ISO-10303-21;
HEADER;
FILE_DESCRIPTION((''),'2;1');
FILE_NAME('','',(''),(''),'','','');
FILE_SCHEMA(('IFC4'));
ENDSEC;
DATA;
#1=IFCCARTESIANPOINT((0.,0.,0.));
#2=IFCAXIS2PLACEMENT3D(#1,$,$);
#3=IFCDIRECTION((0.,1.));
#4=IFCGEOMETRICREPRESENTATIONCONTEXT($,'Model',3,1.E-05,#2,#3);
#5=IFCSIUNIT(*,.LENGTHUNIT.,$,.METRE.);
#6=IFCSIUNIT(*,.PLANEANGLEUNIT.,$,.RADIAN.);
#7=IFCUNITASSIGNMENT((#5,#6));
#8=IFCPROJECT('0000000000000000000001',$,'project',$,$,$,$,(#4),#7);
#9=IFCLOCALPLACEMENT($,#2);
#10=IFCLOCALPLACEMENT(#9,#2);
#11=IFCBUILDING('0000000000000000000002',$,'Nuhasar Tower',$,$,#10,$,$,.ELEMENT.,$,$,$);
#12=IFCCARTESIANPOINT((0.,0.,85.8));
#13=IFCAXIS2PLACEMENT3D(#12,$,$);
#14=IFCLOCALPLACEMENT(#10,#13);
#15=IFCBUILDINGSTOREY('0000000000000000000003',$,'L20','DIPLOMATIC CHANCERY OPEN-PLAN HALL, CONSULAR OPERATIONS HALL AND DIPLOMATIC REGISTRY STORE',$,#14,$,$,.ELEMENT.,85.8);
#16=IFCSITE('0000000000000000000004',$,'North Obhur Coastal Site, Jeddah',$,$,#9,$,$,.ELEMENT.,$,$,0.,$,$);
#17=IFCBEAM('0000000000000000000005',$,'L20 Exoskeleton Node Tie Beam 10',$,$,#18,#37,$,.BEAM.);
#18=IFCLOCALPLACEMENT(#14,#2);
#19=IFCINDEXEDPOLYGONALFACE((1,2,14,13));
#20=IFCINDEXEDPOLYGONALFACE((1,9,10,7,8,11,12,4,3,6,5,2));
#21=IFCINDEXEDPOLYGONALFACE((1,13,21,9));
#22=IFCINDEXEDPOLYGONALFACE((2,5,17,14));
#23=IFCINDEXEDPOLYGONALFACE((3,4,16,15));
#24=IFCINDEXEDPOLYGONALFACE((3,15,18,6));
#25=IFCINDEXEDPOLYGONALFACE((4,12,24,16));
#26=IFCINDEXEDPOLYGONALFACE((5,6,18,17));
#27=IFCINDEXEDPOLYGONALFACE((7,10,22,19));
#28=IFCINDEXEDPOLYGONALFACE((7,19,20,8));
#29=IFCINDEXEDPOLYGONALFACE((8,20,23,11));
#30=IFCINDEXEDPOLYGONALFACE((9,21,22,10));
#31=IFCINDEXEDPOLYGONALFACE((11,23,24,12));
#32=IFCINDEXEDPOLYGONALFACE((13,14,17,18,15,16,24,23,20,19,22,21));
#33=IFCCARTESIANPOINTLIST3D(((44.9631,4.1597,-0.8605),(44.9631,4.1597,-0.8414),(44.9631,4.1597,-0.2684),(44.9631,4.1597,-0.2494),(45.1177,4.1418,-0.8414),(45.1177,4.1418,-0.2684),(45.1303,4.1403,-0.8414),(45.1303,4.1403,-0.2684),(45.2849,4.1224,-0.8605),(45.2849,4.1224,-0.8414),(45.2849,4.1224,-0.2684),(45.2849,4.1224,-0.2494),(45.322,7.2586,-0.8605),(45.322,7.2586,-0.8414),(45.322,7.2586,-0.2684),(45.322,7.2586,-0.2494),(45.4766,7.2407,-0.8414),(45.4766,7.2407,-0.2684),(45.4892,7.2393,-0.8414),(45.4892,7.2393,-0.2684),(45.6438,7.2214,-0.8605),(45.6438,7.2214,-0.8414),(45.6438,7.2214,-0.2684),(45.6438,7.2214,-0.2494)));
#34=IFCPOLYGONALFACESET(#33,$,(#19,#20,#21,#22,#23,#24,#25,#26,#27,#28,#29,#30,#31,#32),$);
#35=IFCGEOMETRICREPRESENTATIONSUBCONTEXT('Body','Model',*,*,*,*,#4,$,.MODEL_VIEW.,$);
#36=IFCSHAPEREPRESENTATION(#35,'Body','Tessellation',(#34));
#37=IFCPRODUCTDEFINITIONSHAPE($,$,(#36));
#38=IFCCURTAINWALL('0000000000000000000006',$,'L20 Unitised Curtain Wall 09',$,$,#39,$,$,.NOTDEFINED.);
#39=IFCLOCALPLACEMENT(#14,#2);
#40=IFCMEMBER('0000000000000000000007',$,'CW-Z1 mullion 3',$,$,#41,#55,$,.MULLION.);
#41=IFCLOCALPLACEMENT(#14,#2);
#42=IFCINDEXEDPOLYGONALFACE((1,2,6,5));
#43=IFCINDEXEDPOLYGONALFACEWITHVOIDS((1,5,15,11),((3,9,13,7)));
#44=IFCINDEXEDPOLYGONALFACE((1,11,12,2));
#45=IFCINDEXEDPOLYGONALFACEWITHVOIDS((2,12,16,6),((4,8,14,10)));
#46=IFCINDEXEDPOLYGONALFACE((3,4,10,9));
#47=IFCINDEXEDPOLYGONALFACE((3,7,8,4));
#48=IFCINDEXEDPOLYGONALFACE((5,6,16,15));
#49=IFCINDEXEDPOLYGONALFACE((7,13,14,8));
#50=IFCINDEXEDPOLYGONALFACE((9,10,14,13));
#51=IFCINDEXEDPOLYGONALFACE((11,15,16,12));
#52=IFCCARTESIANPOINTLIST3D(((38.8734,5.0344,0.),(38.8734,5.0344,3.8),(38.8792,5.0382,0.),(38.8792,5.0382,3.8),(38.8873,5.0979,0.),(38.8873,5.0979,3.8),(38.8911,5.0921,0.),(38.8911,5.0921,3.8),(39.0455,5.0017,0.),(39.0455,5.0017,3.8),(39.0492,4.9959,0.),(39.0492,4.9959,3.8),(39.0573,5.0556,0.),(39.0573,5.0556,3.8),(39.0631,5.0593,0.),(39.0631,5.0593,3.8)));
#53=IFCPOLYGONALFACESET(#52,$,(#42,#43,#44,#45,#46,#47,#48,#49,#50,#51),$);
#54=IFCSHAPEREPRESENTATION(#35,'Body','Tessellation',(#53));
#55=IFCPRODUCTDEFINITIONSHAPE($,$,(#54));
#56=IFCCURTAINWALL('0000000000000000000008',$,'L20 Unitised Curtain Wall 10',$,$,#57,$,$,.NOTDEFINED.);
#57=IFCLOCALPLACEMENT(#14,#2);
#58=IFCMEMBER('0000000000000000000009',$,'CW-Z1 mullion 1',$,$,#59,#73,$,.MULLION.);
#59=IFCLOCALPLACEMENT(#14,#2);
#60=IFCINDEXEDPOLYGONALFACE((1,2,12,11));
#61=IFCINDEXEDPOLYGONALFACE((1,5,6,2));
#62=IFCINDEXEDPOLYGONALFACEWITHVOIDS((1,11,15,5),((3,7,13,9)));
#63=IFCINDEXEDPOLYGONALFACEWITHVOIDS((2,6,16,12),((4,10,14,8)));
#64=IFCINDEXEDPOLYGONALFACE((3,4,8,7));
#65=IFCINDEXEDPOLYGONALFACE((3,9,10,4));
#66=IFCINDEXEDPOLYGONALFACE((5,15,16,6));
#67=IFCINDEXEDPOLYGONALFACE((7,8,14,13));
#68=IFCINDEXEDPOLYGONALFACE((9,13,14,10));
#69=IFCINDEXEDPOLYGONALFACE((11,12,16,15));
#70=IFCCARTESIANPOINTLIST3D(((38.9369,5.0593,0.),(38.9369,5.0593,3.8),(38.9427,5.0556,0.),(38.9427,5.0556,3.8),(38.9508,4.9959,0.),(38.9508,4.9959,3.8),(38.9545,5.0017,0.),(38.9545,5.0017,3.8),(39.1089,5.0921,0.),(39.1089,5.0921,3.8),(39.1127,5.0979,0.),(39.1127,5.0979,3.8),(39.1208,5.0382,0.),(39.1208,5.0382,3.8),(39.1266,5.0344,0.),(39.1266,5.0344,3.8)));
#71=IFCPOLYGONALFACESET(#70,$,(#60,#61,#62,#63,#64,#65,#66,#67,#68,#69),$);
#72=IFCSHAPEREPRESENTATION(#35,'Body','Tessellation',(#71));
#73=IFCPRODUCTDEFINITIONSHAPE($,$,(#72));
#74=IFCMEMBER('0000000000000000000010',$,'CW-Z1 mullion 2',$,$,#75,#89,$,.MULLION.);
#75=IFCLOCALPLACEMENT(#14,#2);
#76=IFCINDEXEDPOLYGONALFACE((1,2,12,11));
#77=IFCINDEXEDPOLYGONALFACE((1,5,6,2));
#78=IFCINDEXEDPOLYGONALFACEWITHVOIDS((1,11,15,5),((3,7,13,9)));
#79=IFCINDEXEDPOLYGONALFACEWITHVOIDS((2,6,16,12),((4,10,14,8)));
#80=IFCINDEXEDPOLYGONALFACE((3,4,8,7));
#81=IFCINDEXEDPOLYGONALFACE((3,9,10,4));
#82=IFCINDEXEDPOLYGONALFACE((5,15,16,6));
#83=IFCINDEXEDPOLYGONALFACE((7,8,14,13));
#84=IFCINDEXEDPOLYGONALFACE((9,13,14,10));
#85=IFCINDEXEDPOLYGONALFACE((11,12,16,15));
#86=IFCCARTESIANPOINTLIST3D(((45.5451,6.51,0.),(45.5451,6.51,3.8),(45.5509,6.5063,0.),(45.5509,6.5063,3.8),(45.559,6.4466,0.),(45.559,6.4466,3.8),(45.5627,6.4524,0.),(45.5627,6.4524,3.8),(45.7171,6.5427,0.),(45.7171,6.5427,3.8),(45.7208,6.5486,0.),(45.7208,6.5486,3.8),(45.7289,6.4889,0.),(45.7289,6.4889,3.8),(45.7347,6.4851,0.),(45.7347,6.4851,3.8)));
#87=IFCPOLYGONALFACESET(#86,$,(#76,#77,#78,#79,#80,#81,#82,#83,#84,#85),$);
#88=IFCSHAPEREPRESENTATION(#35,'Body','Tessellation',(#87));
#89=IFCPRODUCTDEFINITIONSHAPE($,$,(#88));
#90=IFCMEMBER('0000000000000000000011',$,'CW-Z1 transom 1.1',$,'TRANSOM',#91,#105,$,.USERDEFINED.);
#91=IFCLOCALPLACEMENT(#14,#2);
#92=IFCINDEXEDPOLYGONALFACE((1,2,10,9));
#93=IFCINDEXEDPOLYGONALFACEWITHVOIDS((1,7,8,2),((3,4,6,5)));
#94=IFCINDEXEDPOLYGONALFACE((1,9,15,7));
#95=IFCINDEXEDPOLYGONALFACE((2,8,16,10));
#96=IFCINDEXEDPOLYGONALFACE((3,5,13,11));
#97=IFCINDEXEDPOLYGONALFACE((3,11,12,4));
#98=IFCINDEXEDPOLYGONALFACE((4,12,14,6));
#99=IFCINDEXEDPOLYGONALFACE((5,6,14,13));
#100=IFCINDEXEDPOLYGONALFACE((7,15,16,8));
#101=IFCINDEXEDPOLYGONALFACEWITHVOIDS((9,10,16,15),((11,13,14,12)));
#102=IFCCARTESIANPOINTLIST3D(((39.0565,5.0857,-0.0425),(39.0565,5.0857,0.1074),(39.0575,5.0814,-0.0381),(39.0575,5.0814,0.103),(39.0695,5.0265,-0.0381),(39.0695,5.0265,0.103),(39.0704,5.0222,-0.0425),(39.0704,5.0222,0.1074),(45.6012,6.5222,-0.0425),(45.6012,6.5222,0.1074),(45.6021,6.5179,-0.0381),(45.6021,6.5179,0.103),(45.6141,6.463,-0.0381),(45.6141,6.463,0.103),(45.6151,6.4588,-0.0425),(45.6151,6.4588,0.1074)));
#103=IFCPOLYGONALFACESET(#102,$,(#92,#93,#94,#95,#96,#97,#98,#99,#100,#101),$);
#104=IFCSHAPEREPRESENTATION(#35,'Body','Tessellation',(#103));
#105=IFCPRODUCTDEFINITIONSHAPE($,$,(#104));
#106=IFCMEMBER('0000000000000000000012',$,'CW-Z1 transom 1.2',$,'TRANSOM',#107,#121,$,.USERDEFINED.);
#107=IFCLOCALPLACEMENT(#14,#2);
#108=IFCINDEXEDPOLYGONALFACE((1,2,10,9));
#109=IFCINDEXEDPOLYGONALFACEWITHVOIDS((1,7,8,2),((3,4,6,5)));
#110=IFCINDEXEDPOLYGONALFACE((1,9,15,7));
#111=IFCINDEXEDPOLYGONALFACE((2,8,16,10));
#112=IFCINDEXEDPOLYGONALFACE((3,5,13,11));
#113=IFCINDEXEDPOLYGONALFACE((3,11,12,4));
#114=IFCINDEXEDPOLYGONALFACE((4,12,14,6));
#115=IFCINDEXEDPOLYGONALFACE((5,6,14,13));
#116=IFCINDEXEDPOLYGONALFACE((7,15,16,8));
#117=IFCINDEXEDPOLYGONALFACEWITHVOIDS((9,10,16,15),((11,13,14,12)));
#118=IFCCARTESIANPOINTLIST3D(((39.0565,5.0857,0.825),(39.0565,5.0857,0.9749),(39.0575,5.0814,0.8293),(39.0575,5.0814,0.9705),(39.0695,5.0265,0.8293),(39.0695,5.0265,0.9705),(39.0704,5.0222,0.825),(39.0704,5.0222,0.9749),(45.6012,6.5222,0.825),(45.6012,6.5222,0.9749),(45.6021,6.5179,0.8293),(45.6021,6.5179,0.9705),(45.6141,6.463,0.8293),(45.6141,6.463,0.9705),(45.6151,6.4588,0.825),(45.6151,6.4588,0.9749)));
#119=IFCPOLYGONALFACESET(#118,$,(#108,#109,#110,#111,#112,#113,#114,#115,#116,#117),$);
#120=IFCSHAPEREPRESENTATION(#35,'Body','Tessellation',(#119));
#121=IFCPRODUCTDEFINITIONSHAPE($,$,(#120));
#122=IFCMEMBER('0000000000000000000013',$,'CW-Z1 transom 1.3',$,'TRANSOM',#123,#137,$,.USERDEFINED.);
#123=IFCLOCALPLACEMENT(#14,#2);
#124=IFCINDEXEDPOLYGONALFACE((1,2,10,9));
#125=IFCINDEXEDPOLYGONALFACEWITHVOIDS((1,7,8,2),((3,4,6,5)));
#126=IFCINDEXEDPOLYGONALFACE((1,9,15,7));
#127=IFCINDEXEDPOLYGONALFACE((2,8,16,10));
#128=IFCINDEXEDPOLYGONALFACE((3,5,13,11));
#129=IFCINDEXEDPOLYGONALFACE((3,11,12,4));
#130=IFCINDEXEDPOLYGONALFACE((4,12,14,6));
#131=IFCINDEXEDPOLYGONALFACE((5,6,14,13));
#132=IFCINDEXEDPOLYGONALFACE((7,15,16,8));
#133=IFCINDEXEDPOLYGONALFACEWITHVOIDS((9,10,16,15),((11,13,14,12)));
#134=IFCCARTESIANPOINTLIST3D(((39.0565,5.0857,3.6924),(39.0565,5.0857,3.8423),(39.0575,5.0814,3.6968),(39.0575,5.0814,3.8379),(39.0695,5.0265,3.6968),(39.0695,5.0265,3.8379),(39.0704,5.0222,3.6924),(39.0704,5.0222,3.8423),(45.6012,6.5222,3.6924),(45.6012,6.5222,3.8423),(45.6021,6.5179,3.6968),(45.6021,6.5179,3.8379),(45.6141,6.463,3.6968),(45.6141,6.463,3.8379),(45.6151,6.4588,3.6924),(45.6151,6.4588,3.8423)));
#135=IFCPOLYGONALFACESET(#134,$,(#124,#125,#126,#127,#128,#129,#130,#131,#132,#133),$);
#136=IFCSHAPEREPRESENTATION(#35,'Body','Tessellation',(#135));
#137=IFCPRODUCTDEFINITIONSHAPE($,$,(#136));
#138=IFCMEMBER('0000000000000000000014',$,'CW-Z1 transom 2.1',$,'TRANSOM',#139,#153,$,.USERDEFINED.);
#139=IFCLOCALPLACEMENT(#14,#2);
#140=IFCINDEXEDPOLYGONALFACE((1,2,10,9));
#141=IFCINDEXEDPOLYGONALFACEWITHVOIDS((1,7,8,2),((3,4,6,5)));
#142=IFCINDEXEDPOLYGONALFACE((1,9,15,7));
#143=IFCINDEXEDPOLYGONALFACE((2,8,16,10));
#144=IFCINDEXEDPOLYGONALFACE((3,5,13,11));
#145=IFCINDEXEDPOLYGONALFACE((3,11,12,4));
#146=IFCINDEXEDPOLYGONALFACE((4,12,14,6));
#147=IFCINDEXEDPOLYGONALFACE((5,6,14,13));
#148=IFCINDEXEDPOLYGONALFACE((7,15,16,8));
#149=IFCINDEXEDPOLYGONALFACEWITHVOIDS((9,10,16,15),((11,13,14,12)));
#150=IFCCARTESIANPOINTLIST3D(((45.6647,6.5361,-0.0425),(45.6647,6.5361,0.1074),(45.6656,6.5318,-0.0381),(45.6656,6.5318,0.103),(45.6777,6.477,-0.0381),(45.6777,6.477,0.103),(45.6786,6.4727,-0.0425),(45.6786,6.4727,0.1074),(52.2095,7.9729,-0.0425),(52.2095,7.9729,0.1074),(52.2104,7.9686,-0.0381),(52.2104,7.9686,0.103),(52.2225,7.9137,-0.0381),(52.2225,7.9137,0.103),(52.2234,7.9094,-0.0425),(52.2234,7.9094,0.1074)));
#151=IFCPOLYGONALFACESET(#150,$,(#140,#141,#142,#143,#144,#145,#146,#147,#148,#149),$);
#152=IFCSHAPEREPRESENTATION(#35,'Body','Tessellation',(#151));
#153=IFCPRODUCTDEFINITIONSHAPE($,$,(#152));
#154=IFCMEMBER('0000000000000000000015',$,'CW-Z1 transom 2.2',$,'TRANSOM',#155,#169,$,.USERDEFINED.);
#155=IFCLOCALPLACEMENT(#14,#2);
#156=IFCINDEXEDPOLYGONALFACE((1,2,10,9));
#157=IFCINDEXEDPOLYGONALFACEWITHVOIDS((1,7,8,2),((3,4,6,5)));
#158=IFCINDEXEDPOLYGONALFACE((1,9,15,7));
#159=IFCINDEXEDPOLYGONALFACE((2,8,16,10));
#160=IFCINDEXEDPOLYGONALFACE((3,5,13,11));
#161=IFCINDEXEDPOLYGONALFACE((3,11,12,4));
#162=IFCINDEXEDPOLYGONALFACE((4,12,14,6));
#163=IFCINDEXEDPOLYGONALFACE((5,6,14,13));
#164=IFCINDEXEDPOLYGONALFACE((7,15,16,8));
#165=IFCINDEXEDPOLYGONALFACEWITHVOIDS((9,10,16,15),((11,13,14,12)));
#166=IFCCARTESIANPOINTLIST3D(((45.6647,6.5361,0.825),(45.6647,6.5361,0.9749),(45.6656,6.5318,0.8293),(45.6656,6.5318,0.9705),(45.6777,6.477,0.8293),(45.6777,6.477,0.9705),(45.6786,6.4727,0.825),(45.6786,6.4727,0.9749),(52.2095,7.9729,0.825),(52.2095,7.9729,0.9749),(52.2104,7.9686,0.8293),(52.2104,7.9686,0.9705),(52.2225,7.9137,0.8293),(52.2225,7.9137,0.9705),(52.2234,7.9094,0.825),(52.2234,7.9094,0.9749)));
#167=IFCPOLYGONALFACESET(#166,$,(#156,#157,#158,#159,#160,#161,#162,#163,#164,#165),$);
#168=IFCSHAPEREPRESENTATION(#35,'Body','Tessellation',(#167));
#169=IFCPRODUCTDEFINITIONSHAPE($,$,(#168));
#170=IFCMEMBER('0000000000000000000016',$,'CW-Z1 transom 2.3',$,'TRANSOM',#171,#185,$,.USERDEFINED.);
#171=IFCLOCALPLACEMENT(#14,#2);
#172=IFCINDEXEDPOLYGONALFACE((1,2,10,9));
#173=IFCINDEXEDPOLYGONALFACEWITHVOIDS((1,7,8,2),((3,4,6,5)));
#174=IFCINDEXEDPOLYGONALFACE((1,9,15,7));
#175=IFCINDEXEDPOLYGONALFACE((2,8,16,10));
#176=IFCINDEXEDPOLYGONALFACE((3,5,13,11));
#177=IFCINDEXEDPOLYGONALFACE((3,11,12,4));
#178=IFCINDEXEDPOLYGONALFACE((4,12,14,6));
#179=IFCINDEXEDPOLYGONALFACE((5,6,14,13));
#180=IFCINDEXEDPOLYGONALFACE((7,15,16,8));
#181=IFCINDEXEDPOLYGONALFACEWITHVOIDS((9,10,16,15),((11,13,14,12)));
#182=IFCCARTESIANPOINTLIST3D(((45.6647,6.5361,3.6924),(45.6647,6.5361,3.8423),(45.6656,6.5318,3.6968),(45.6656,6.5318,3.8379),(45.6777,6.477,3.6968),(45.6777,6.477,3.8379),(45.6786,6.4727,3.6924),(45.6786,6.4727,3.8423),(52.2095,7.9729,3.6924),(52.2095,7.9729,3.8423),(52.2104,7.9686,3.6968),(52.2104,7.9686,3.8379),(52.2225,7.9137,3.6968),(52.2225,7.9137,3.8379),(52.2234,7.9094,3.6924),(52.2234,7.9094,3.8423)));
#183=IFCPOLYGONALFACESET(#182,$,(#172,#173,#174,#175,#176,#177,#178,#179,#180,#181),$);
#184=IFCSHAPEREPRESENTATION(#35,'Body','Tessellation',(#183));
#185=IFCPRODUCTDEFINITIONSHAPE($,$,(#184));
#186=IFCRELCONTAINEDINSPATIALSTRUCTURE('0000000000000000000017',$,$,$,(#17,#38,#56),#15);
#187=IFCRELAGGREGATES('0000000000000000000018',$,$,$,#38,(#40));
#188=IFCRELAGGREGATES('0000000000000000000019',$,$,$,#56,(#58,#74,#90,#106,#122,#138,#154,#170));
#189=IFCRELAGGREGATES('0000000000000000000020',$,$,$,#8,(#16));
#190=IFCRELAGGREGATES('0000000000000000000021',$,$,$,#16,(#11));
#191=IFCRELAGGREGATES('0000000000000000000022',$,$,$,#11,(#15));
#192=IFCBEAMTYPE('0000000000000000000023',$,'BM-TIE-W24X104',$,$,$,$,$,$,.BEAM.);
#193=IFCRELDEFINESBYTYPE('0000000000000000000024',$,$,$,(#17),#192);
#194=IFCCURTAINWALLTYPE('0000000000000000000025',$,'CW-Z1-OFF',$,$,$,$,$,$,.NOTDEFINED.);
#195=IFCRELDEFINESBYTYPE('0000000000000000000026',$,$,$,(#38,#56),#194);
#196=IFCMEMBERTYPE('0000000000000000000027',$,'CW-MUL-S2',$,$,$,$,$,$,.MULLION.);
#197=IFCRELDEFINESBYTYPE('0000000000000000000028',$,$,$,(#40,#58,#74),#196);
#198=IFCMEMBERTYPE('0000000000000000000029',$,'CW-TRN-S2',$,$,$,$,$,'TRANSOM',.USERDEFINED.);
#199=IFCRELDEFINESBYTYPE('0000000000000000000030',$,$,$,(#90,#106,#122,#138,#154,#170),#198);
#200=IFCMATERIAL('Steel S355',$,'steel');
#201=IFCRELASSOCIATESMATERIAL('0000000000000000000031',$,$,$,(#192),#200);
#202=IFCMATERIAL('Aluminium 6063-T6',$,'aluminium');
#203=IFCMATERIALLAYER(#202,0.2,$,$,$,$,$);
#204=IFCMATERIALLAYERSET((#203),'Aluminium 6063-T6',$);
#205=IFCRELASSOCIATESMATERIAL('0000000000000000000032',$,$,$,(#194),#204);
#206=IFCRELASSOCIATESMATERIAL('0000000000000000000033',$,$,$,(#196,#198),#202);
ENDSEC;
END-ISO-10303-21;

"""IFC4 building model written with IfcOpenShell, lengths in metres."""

from ifc_helpers import new_model, si_unit, direction, frame, origin, origin_2d, place, context, subcontext, project, spatial, hollow_rectangle, i_section, extrude, material, layer, layer_set, material_profile, profile_set, type_object, element, aggregate, save


model = new_model("IFC4")

# Units and contexts
model_context = context("Model", 3, precision=1e-05, world=origin(), true_north=direction((0.0, 1.0)))
body_context = subcontext(model_context, "Body", "Model", "MODEL_VIEW")
ifc_project = project(units=[si_unit("LENGTHUNIT", "METRE"), si_unit("PLANEANGLEUNIT", "RADIAN")], contexts=[model_context])

# Site, building, storey
site_placement = place(None, origin())
site = spatial("IfcSite", under=ifc_project, at=site_placement, Name="North Obhur Coastal Site, Jeddah", CompositionType="ELEMENT", RefElevation=0.0)
building_placement = place(site_placement, origin())
building = spatial("IfcBuilding", under=site, at=building_placement, Name="Nuhasar Tower", CompositionType="ELEMENT")
storey_placement = place(building_placement, frame((0.0, 0.0, 85.8)))
storey = spatial("IfcBuildingStorey", under=building, at=storey_placement, Name="L20", Description="DIPLOMATIC CHANCERY OPEN-PLAN HALL, CONSULAR OPERATIONS HALL AND DIPLOMATIC REGISTRY STORE", CompositionType="ELEMENT", Elevation=85.8)

# Beam
ifc_material_1 = material(Name="Steel S355", Category="steel")
ifc_material_profile_1 = material_profile(ifc_material_1, i_section(OverallWidth=0.324, OverallDepth=0.6111, WebThickness=0.0127, FlangeThickness=0.019, at=origin_2d()), Name="W24X104")
ifc_profile_set_1 = profile_set([ifc_material_profile_1], Name="Steel S355")
beam_type_1 = type_object("IfcBeamType", Name="BM-TIE-W24X104", PredefinedType="BEAM", material=ifc_profile_set_1)
beam_1_placement = place(storey_placement, frame((45.4829, 7.24, -0.5549), z_axis=(-0.115043, -0.993361, 0.0), x_axis=(0.993361, -0.115043, 0.0)))
element("IfcBeam", 1, at=beam_1_placement, inside=storey, type_object=beam_type_1, Name="L20 Exoskeleton Node Tie Beam 10", PredefinedType="BEAM", context=body_context, shape_type="SweptSolid", body=[
    extrude(i_section(OverallWidth=0.324, OverallDepth=0.6111, WebThickness=0.0127, FlangeThickness=0.019, at=origin_2d()), origin(), (0.0, 0.0, 1.0), 3.1196),
])

# Curtain wall, member
ifc_material_2 = material(Name="Aluminium 6063-T6", Category="aluminium")
ifc_layer_1 = layer(ifc_material_2, 0.2)
ifc_layer_set_1 = layer_set([ifc_layer_1], Name="Aluminium 6063-T6")
curtain_wall_type = type_object("IfcCurtainWallType", Name="CW-Z1-OFF", PredefinedType="NOTDEFINED", material=ifc_layer_set_1)
curtain_wall_1_placement = place(storey_placement, origin())
curtain_wall_1 = element("IfcCurtainWall", 2, at=curtain_wall_1_placement, inside=storey, type_object=curtain_wall_type, Name="L20 Unitised Curtain Wall 09", PredefinedType="NOTDEFINED")
ifc_material_profile_2 = material_profile(ifc_material_2, hollow_rectangle(XDim=0.0649, YDim=0.1799, WallThickness=0.0049, at=origin_2d()), Name="CWM-2")
ifc_profile_set_2 = profile_set([ifc_material_profile_2], Name="Aluminium 6063-T6")
member_type_1 = type_object("IfcMemberType", Name="CW-MUL-S2", PredefinedType="MULLION", material=ifc_profile_set_2)
member_1_placement = place(storey_placement, frame((38.9683, 5.0469, 0.0), z_axis=(0.0, 0.0, 1.0), x_axis=(0.214399, 0.976746, 0.0)))
member_1 = element("IfcMember", 3, at=member_1_placement, type_object=member_type_1, Name="CW-Z1 mullion 3", PredefinedType="MULLION", context=body_context, shape_type="SweptSolid", body=[
    extrude(hollow_rectangle(XDim=0.0649, YDim=0.1799, WallThickness=0.0049, at=origin_2d()), origin(), (0.0, 0.0, 1.0), 3.8),
])
aggregate(curtain_wall_1, [member_1])

# Curtain wall, members
curtain_wall_2_placement = place(storey_placement, origin())
curtain_wall_2 = element("IfcCurtainWall", 4, at=curtain_wall_2_placement, inside=storey, type_object=curtain_wall_type, Name="L20 Unitised Curtain Wall 10", PredefinedType="NOTDEFINED")
member_2_placement = place(storey_placement, frame((39.0317, 5.0469, 0.0), z_axis=(0.0, 0.0, 1.0), x_axis=(-0.214399, 0.976746, 0.0)))
member_2 = element("IfcMember", 5, at=member_2_placement, type_object=member_type_1, Name="CW-Z1 mullion 1", PredefinedType="MULLION", context=body_context, shape_type="SweptSolid", body=[
    extrude(hollow_rectangle(XDim=0.0649, YDim=0.1799, WallThickness=0.0049, at=origin_2d()), origin(), (0.0, 0.0, 1.0), 3.8),
])
member_3_placement = place(storey_placement, frame((45.6399, 6.4976, 0.0), z_axis=(0.0, 0.0, 1.0), x_axis=(-0.214399, 0.976746, 0.0)))
member_3 = element("IfcMember", 6, at=member_3_placement, type_object=member_type_1, Name="CW-Z1 mullion 2", PredefinedType="MULLION", context=body_context, shape_type="SweptSolid", body=[
    extrude(hollow_rectangle(XDim=0.0649, YDim=0.1799, WallThickness=0.0049, at=origin_2d()), origin(), (0.0, 0.0, 1.0), 3.8),
])
ifc_material_profile_3 = material_profile(ifc_material_2, hollow_rectangle(XDim=0.0649, YDim=0.1499, WallThickness=0.0044, at=origin_2d()), Name="CWT-2")
ifc_profile_set_3 = profile_set([ifc_material_profile_3], Name="Aluminium 6063-T6")
member_type_2 = type_object("IfcMemberType", Name="CW-TRN-S2", ElementType="TRANSOM", PredefinedType="USERDEFINED", material=ifc_profile_set_3)
member_4_placement = place(storey_placement, frame((39.0635, 5.054, 0.0325), z_axis=(0.976748, 0.214391, 0.0), x_axis=(-0.214391, 0.976748, 0.0)))
member_4 = element("IfcMember", 7, at=member_4_placement, type_object=member_type_2, Name="CW-Z1 transom 1.1", ObjectType="TRANSOM", PredefinedType="USERDEFINED", context=body_context, shape_type="SweptSolid", body=[
    extrude(hollow_rectangle(XDim=0.0649, YDim=0.1499, WallThickness=0.0044, at=origin_2d()), origin(), (0.0, 0.0, 1.0), 6.7004),
])
member_5_placement = place(storey_placement, frame((39.0635, 5.054, 0.8999), z_axis=(0.976748, 0.214391, 0.0), x_axis=(-0.214391, 0.976748, 0.0)))
member_5 = element("IfcMember", 8, at=member_5_placement, type_object=member_type_2, Name="CW-Z1 transom 1.2", ObjectType="TRANSOM", PredefinedType="USERDEFINED", context=body_context, shape_type="SweptSolid", body=[
    extrude(hollow_rectangle(XDim=0.0649, YDim=0.1499, WallThickness=0.0044, at=origin_2d()), origin(), (0.0, 0.0, 1.0), 6.7004),
])
member_6_placement = place(storey_placement, frame((39.0635, 5.054, 3.7673), z_axis=(0.976748, 0.214391, 0.0), x_axis=(-0.214391, 0.976748, 0.0)))
member_6 = element("IfcMember", 9, at=member_6_placement, type_object=member_type_2, Name="CW-Z1 transom 1.3", ObjectType="TRANSOM", PredefinedType="USERDEFINED", context=body_context, shape_type="SweptSolid", body=[
    extrude(hollow_rectangle(XDim=0.0649, YDim=0.1499, WallThickness=0.0044, at=origin_2d()), origin(), (0.0, 0.0, 1.0), 6.7004),
])
member_7_placement = place(storey_placement, frame((45.6716, 6.5044, 0.0325), z_axis=(0.976742, 0.214418, 0.0), x_axis=(-0.214418, 0.976742, 0.0)))
member_7 = element("IfcMember", 10, at=member_7_placement, type_object=member_type_2, Name="CW-Z1 transom 2.1", ObjectType="TRANSOM", PredefinedType="USERDEFINED", context=body_context, shape_type="SweptSolid", body=[
    extrude(hollow_rectangle(XDim=0.0649, YDim=0.1499, WallThickness=0.0044, at=origin_2d()), origin(), (0.0, 0.0, 1.0), 6.7007),
])
member_8_placement = place(storey_placement, frame((45.6716, 6.5044, 0.8999), z_axis=(0.976742, 0.214418, 0.0), x_axis=(-0.214418, 0.976742, 0.0)))
member_8 = element("IfcMember", 11, at=member_8_placement, type_object=member_type_2, Name="CW-Z1 transom 2.2", ObjectType="TRANSOM", PredefinedType="USERDEFINED", context=body_context, shape_type="SweptSolid", body=[
    extrude(hollow_rectangle(XDim=0.0649, YDim=0.1499, WallThickness=0.0044, at=origin_2d()), origin(), (0.0, 0.0, 1.0), 6.7007),
])
member_9_placement = place(storey_placement, frame((45.6716, 6.5044, 3.7673), z_axis=(0.976742, 0.214418, 0.0), x_axis=(-0.214418, 0.976742, 0.0)))
member_9 = element("IfcMember", 12, at=member_9_placement, type_object=member_type_2, Name="CW-Z1 transom 2.3", ObjectType="TRANSOM", PredefinedType="USERDEFINED", context=body_context, shape_type="SweptSolid", body=[
    extrude(hollow_rectangle(XDim=0.0649, YDim=0.1499, WallThickness=0.0044, at=origin_2d()), origin(), (0.0, 0.0, 1.0), 6.7007),
])

aggregate(curtain_wall_2, [member_2, member_3, member_4, member_5, member_6, member_7, member_8, member_9])

save(model, "model.ifc")
